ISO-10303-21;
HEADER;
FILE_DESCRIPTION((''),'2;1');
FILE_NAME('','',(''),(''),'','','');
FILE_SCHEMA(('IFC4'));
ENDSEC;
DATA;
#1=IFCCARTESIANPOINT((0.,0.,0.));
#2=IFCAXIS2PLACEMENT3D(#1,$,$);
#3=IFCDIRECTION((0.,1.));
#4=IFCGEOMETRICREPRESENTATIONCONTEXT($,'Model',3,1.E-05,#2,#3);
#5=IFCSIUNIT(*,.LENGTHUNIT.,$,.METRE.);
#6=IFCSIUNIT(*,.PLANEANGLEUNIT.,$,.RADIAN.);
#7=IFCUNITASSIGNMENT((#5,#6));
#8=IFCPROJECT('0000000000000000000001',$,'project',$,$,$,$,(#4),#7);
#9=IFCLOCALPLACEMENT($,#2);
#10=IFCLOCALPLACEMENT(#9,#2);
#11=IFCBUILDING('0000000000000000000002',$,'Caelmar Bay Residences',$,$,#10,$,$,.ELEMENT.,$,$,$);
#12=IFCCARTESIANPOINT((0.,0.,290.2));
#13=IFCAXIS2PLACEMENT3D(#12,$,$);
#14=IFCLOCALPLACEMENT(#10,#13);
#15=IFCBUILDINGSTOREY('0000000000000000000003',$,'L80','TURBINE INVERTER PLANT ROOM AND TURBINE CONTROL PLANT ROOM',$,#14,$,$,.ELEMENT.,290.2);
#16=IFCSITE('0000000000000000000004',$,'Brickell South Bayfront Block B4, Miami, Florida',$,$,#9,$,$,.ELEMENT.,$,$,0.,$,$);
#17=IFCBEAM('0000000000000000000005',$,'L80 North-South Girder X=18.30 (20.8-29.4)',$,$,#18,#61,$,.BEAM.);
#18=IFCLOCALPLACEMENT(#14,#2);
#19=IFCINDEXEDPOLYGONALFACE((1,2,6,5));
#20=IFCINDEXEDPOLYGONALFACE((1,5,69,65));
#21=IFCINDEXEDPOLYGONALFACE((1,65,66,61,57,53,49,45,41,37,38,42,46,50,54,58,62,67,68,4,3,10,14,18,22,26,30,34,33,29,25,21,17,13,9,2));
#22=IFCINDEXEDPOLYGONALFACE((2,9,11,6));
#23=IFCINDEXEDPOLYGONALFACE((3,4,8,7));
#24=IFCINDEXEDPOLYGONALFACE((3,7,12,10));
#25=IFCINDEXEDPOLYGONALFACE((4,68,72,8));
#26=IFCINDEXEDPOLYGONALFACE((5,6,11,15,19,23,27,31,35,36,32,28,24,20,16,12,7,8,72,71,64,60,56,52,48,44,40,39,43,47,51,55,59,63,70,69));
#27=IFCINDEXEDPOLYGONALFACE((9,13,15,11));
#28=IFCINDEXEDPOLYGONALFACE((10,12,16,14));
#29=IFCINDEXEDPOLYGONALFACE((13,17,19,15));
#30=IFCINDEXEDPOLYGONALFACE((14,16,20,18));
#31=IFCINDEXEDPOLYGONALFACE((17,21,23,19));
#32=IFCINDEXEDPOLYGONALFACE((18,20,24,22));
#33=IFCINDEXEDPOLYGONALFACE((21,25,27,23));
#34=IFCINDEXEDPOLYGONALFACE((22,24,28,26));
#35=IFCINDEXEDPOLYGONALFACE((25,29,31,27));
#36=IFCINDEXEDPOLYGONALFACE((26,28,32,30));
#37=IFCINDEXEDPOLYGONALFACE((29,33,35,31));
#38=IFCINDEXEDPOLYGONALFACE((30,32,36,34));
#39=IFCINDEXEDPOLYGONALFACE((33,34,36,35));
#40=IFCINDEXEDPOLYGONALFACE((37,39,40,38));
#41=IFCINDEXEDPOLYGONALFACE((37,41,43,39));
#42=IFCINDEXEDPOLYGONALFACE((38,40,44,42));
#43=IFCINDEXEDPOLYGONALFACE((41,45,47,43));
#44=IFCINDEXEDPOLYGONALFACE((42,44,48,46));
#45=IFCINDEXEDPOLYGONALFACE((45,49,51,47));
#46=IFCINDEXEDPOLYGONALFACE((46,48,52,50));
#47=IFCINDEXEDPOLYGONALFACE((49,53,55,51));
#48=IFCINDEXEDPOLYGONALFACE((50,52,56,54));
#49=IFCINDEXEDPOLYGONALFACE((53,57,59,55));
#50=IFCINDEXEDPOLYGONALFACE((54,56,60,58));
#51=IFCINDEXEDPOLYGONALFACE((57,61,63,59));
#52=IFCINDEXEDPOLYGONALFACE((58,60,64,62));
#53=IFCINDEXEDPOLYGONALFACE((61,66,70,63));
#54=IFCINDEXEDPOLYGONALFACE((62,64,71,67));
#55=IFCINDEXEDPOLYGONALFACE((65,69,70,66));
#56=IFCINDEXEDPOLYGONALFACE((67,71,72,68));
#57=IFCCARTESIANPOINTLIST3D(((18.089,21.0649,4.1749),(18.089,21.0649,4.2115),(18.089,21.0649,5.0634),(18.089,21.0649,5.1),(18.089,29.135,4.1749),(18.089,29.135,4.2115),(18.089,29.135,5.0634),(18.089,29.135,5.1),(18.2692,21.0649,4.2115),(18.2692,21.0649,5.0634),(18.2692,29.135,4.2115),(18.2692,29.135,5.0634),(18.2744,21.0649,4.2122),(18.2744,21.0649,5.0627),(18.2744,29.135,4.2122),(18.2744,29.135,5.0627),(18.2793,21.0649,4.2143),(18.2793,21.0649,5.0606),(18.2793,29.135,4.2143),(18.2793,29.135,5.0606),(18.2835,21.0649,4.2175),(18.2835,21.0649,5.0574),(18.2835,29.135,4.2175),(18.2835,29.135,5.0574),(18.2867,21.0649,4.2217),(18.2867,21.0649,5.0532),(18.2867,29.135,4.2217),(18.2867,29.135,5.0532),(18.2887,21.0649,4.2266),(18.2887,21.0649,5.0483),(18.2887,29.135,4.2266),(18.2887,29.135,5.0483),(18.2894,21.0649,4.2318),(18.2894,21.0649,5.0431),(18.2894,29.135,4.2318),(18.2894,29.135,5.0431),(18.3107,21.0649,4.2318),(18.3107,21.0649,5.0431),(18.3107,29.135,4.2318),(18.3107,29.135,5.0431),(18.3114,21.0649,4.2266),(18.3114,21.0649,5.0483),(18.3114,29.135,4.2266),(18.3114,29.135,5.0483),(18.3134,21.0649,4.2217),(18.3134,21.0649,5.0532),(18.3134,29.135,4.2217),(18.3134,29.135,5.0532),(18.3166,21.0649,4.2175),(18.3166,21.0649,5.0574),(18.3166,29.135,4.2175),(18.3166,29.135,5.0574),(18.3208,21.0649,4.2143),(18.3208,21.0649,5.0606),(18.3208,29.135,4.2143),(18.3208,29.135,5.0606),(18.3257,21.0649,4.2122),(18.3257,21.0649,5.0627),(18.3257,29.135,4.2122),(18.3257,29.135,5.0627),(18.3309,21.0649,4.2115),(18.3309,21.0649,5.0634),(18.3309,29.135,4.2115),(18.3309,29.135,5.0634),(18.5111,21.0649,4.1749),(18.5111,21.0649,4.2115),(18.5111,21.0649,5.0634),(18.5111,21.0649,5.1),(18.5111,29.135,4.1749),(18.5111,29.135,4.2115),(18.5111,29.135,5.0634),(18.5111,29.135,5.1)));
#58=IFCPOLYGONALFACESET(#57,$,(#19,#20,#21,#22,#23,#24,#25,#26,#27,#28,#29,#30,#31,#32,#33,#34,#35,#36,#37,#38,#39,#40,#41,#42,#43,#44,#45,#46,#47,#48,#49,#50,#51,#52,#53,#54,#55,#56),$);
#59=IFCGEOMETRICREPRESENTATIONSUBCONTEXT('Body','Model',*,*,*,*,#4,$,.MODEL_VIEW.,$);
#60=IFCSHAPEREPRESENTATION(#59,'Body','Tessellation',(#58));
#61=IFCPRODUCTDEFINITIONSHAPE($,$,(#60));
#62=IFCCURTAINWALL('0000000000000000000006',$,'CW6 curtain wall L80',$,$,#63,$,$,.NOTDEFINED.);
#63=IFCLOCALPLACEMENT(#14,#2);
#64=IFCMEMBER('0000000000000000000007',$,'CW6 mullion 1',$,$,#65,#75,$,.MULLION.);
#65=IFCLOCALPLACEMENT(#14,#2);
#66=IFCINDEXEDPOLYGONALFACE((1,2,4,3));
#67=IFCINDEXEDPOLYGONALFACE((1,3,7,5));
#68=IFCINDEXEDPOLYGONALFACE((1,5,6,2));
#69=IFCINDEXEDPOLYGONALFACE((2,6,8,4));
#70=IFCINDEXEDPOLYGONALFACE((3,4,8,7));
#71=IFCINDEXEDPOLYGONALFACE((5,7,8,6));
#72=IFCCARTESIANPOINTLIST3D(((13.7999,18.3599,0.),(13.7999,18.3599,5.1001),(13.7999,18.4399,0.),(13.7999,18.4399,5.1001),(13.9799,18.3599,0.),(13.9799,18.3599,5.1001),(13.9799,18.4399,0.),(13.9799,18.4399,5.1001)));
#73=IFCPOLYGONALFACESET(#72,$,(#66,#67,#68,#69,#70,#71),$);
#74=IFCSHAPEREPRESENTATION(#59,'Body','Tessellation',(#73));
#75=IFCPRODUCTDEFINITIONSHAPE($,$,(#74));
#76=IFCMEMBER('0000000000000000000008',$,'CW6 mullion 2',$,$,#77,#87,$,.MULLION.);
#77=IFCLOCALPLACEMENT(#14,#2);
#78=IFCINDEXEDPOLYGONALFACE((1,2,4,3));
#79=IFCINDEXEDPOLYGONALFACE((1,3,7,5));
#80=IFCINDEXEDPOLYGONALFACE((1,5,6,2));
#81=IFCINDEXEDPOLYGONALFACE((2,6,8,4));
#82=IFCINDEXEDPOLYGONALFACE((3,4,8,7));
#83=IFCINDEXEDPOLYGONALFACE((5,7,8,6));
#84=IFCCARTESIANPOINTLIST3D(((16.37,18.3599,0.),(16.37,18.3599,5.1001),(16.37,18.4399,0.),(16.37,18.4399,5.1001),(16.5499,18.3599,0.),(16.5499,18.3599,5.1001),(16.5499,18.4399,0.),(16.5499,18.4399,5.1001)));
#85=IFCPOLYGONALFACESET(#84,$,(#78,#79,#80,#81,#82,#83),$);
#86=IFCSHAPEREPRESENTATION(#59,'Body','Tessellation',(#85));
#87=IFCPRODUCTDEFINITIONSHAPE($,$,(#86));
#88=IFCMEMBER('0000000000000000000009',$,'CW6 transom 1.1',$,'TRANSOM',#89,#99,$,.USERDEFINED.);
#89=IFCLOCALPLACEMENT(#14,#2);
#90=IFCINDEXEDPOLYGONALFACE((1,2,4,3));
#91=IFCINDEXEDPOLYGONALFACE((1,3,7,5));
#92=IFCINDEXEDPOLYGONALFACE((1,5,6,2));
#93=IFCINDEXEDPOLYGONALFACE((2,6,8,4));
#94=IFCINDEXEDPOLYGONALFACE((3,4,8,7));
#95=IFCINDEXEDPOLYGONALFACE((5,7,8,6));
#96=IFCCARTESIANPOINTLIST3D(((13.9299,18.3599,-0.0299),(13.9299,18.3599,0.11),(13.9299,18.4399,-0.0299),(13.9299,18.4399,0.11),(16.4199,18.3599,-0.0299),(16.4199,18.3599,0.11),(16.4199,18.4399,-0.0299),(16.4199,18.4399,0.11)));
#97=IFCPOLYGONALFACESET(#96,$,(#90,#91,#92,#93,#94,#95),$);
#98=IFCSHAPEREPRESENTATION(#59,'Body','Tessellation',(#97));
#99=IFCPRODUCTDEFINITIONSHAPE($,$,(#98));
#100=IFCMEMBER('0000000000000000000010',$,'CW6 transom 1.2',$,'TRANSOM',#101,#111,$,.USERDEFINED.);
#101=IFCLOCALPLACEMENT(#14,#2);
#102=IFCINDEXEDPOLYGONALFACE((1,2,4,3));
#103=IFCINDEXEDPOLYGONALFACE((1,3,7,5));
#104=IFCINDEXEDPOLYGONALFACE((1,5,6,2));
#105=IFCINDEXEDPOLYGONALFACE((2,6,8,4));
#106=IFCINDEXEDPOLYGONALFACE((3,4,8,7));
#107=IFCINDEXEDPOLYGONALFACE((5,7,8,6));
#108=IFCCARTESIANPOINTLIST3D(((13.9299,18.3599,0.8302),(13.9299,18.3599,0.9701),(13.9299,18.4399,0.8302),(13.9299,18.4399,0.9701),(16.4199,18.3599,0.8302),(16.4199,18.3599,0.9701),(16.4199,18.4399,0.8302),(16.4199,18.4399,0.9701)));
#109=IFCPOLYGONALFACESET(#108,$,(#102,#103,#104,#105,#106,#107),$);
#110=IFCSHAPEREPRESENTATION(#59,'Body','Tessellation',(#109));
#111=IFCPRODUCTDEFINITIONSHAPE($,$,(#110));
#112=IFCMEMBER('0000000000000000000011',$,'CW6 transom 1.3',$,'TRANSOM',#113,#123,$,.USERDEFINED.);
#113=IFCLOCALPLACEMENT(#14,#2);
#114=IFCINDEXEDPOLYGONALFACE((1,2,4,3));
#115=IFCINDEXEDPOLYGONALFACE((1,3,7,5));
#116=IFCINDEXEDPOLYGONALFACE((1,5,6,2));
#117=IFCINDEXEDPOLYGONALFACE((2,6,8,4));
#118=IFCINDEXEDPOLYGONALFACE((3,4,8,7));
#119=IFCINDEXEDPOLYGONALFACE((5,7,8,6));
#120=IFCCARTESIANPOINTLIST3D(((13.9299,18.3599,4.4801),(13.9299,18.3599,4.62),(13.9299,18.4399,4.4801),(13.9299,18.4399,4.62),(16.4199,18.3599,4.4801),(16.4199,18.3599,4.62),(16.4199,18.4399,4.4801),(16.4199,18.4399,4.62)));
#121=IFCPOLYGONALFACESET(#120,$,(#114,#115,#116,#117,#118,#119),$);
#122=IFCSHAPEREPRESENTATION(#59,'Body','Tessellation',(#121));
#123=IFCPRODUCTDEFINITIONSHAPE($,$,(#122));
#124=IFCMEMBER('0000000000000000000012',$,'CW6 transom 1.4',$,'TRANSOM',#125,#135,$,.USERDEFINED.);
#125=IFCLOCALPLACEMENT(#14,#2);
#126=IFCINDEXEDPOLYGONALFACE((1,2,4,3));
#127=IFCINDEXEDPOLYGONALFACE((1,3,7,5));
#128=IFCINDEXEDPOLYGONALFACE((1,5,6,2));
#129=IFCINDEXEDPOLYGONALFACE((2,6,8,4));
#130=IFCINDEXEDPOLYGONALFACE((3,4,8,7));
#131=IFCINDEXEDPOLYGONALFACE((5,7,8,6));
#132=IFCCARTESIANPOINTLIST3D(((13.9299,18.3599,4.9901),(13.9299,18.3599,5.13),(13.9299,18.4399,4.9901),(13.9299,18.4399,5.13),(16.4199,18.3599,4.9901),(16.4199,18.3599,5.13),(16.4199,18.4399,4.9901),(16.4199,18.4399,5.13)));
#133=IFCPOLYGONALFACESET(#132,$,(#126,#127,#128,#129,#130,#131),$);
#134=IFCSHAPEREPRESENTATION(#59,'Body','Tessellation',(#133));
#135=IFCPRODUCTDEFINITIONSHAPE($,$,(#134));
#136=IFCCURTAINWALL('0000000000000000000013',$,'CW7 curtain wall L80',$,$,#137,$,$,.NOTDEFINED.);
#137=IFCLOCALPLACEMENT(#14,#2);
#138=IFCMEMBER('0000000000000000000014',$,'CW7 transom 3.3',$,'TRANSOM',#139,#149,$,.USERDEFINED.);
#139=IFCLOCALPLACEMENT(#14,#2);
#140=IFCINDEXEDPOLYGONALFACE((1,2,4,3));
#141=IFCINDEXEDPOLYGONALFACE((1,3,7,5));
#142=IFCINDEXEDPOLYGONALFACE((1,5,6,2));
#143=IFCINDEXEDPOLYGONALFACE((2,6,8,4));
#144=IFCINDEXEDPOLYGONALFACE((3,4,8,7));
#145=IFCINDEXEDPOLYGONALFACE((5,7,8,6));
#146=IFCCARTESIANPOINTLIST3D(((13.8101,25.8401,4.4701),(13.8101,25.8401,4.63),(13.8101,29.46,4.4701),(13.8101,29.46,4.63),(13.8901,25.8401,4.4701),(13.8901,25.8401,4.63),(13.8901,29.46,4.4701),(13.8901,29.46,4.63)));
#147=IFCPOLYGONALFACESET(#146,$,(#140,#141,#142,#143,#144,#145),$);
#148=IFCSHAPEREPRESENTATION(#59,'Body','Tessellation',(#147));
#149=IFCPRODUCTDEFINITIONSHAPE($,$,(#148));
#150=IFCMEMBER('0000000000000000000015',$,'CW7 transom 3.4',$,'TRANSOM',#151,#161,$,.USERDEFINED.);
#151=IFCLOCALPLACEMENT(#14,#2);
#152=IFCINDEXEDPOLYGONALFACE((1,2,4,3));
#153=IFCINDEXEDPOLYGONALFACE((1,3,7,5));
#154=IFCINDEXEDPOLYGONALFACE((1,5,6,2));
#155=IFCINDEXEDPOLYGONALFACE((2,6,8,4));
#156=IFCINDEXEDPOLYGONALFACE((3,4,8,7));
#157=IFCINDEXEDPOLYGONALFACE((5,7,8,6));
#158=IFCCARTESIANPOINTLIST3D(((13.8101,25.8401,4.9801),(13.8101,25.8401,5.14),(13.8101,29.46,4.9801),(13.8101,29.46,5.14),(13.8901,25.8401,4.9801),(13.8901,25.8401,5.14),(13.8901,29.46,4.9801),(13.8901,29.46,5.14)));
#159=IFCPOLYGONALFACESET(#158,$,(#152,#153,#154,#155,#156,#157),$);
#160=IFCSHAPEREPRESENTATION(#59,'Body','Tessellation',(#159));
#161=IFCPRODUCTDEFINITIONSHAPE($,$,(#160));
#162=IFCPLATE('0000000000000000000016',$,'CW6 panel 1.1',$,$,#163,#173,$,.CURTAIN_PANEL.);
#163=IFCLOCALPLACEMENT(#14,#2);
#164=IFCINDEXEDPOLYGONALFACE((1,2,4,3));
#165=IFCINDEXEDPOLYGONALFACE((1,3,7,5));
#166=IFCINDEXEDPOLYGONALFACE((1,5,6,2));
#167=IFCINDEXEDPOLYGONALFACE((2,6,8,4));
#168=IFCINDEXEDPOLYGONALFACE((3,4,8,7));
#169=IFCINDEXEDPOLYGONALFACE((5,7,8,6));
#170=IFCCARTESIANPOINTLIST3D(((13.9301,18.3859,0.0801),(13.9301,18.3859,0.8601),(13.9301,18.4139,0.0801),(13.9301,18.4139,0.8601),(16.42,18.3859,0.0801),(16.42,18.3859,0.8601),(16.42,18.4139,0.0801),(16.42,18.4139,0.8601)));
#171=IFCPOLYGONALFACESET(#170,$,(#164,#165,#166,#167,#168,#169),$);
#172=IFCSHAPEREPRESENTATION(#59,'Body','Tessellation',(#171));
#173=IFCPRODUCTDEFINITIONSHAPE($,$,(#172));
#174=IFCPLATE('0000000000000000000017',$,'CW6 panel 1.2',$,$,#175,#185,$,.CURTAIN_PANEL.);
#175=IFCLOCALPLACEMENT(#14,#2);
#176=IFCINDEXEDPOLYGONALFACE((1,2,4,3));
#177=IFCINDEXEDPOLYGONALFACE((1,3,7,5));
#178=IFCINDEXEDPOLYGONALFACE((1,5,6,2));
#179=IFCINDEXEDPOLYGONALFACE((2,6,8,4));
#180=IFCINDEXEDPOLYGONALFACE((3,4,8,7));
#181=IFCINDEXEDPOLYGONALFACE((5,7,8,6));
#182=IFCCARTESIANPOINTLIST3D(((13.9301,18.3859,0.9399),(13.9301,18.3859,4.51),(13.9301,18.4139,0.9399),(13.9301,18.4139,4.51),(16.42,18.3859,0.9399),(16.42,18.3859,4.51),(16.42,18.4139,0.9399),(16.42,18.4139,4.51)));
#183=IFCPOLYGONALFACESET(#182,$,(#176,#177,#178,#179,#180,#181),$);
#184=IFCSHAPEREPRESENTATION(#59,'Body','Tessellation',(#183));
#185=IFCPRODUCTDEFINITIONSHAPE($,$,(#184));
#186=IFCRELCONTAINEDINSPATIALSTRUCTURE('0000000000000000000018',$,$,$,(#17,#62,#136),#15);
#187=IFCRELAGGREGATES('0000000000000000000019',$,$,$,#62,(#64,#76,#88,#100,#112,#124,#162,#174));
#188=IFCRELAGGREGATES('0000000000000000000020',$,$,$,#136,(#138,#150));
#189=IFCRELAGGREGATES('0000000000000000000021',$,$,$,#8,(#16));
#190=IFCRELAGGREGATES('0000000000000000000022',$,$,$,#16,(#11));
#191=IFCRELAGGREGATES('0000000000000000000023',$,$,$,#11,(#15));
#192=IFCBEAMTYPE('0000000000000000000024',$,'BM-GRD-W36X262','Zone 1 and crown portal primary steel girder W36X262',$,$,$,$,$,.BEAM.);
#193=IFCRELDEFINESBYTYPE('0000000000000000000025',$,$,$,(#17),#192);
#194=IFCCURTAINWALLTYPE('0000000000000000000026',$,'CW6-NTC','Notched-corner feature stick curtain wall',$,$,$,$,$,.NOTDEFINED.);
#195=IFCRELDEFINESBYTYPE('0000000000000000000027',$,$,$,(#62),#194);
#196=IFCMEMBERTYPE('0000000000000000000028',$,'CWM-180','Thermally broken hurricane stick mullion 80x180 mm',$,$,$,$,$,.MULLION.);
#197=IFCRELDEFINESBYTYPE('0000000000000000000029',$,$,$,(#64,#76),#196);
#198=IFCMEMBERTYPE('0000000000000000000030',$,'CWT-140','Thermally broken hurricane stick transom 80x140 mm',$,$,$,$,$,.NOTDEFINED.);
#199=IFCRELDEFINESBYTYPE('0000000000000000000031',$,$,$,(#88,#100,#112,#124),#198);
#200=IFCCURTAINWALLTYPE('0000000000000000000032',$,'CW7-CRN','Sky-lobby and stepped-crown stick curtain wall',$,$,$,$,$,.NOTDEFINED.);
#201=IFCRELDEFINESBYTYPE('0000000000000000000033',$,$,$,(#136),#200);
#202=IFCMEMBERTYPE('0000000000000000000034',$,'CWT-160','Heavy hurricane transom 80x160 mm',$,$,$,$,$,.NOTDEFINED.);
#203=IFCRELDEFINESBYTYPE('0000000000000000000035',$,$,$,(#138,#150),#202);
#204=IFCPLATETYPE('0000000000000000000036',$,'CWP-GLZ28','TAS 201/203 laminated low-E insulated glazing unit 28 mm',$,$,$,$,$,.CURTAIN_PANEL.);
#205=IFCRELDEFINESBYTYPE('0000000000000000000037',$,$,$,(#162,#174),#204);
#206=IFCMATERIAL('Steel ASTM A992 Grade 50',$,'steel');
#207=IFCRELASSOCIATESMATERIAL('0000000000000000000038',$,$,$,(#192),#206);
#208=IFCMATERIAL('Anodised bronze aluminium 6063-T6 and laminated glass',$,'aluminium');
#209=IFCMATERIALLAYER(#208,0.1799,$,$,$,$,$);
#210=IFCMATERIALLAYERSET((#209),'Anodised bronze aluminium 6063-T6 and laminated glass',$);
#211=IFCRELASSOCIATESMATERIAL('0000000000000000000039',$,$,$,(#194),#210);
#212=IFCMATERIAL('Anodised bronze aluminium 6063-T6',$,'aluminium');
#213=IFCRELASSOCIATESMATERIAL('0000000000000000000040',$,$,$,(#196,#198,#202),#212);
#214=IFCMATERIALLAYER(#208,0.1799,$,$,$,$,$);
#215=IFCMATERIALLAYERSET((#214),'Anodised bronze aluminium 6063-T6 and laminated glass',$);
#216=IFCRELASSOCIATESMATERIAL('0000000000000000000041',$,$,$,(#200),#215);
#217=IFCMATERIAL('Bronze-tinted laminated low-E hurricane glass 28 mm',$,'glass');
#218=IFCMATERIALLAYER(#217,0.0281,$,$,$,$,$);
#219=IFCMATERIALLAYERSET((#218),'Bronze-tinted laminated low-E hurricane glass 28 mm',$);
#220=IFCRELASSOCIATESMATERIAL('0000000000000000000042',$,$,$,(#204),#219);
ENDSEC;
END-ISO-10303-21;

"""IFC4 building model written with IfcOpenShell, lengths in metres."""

from ifc_helpers import new_model, si_unit, direction, frame, origin, origin_2d, place, context, subcontext, project, spatial, rectangle, i_section, extrude, material, layer, layer_set, material_profile, profile_set, type_object, element, aggregate, save


model = new_model("IFC4")

# Units and contexts
model_context = context("Model", 3, precision=1e-05, world=origin(), true_north=direction((0.0, 1.0)))
body_context = subcontext(model_context, "Body", "Model", "MODEL_VIEW")
ifc_project = project(units=[si_unit("LENGTHUNIT", "METRE"), si_unit("PLANEANGLEUNIT", "RADIAN")], contexts=[model_context])

# Site, building, storey
site_placement = place(None, origin())
site = spatial("IfcSite", under=ifc_project, at=site_placement, Name="Brickell South Bayfront Block B4, Miami, Florida", CompositionType="ELEMENT", RefElevation=0.0)
building_placement = place(site_placement, origin())
building = spatial("IfcBuilding", under=site, at=building_placement, Name="Caelmar Bay Residences", CompositionType="ELEMENT")
storey_placement = place(building_placement, frame((0.0, 0.0, 290.2)))
storey = spatial("IfcBuildingStorey", under=building, at=storey_placement, Name="L80", Description="TURBINE INVERTER PLANT ROOM AND TURBINE CONTROL PLANT ROOM", CompositionType="ELEMENT", Elevation=290.2)

# Shared definitions
ifc_material_1 = material(Name="Steel ASTM A992 Grade 50", Category="steel")

# Beam
ifc_material_profile_1 = material_profile(ifc_material_1, i_section(OverallWidth=0.4221, OverallDepth=0.925, WebThickness=0.0212, FlangeThickness=0.0366, FilletRadius=0.0203, at=origin_2d()), Name="W36X262")
ifc_profile_set_1 = profile_set([ifc_material_profile_1], Name="Steel ASTM A992 Grade 50")
beam_type_1 = type_object("IfcBeamType", Name="BM-GRD-W36X262", Description="Zone 1 and crown portal primary steel girder W36X262", PredefinedType="BEAM", material=ifc_profile_set_1)
beam_1_placement = place(storey_placement, frame((18.3, 21.0649, 4.6375), z_axis=(0.0, 1.0, 0.0), x_axis=(-1.0, 0.0, 0.0)))
element("IfcBeam", 1, at=beam_1_placement, inside=storey, type_object=beam_type_1, Name="L80 North-South Girder X=18.30 (20.8-29.4)", PredefinedType="BEAM", context=body_context, shape_type="SweptSolid", body=[
    extrude(i_section(OverallWidth=0.4221, OverallDepth=0.925, WebThickness=0.0212, FlangeThickness=0.0366, FilletRadius=0.0203, at=origin_2d()), origin(), (0.0, 0.0, 1.0), 8.0701),
])

# Curtain walls, members
ifc_material_2 = material(Name="Anodised bronze aluminium 6063-T6 and laminated glass", Category="aluminium")
ifc_layer_1 = layer(ifc_material_2, 0.1799)
ifc_layer_set_1 = layer_set([ifc_layer_1], Name="Anodised bronze aluminium 6063-T6 and laminated glass")
curtain_wall_type_1 = type_object("IfcCurtainWallType", Name="CW6-NTC", Description="Notched-corner feature stick curtain wall", PredefinedType="NOTDEFINED", material=ifc_layer_set_1)
curtain_wall_1_placement = place(storey_placement, origin())
curtain_wall_1 = element("IfcCurtainWall", 2, at=curtain_wall_1_placement, inside=storey, type_object=curtain_wall_type_1, Name="CW6 curtain wall L80", PredefinedType="NOTDEFINED")
ifc_material_3 = material(Name="Anodised bronze aluminium 6063-T6", Category="aluminium")
ifc_material_profile_2 = material_profile(ifc_material_3, rectangle(XDim=0.0801, YDim=0.1799, at=origin_2d()), Name="CWM-80X180")
ifc_profile_set_2 = profile_set([ifc_material_profile_2], Name="Anodised bronze aluminium 6063-T6")
member_type_1 = type_object("IfcMemberType", Name="CWM-180", Description="Thermally broken hurricane stick mullion 80x180 mm", PredefinedType="MULLION", material=ifc_profile_set_2)
member_1_placement = place(storey_placement, frame((13.8899, 18.3999, 0.0), z_axis=(0.0, 0.0, 1.0), x_axis=(0.0, 1.0, 0.0)))
member_1 = element("IfcMember", 3, at=member_1_placement, type_object=member_type_1, Name="CW6 mullion 1", PredefinedType="MULLION", context=body_context, shape_type="SweptSolid", body=[
    extrude(rectangle(XDim=0.0801, YDim=0.1799, at=origin_2d()), origin(), (0.0, 0.0, 1.0), 5.1001),
])
member_2_placement = place(storey_placement, frame((16.46, 18.3999, 0.0), z_axis=(0.0, 0.0, 1.0), x_axis=(0.0, 1.0, 0.0)))
member_2 = element("IfcMember", 4, at=member_2_placement, type_object=member_type_1, Name="CW6 mullion 2", PredefinedType="MULLION", context=body_context, shape_type="SweptSolid", body=[
    extrude(rectangle(XDim=0.0801, YDim=0.1799, at=origin_2d()), origin(), (0.0, 0.0, 1.0), 5.1001),
])
ifc_material_profile_3 = material_profile(ifc_material_3, rectangle(XDim=0.0801, YDim=0.1399, at=origin_2d()), Name="CWT-80X140")
ifc_profile_set_3 = profile_set([ifc_material_profile_3], Name="Anodised bronze aluminium 6063-T6")
member_type_2 = type_object("IfcMemberType", Name="CWT-140", Description="Thermally broken hurricane stick transom 80x140 mm", PredefinedType="NOTDEFINED", material=ifc_profile_set_3)
member_3_placement = place(storey_placement, frame((13.9299, 18.3999, 0.04), z_axis=(1.0, 0.0, 0.0), x_axis=(0.0, 1.0, 0.0)))
member_3 = element("IfcMember", 5, at=member_3_placement, type_object=member_type_2, Name="CW6 transom 1.1", ObjectType="TRANSOM", PredefinedType="USERDEFINED", context=body_context, shape_type="SweptSolid", body=[
    extrude(rectangle(XDim=0.0801, YDim=0.1399, at=origin_2d()), origin(), (0.0, 0.0, 1.0), 2.49),
])
member_4_placement = place(storey_placement, frame((13.9299, 18.3999, 0.9001), z_axis=(1.0, 0.0, 0.0), x_axis=(0.0, 1.0, 0.0)))
member_4 = element("IfcMember", 6, at=member_4_placement, type_object=member_type_2, Name="CW6 transom 1.2", ObjectType="TRANSOM", PredefinedType="USERDEFINED", context=body_context, shape_type="SweptSolid", body=[
    extrude(rectangle(XDim=0.0801, YDim=0.1399, at=origin_2d()), origin(), (0.0, 0.0, 1.0), 2.49),
])
member_5_placement = place(storey_placement, frame((13.9299, 18.3999, 4.55), z_axis=(1.0, 0.0, 0.0), x_axis=(0.0, 1.0, 0.0)))
member_5 = element("IfcMember", 7, at=member_5_placement, type_object=member_type_2, Name="CW6 transom 1.3", ObjectType="TRANSOM", PredefinedType="USERDEFINED", context=body_context, shape_type="SweptSolid", body=[
    extrude(rectangle(XDim=0.0801, YDim=0.1399, at=origin_2d()), origin(), (0.0, 0.0, 1.0), 2.49),
])
member_6_placement = place(storey_placement, frame((13.9299, 18.3999, 5.0601), z_axis=(1.0, 0.0, 0.0), x_axis=(0.0, 1.0, 0.0)))
member_6 = element("IfcMember", 8, at=member_6_placement, type_object=member_type_2, Name="CW6 transom 1.4", ObjectType="TRANSOM", PredefinedType="USERDEFINED", context=body_context, shape_type="SweptSolid", body=[
    extrude(rectangle(XDim=0.0801, YDim=0.1399, at=origin_2d()), origin(), (0.0, 0.0, 1.0), 2.49),
])
ifc_layer_2 = layer(ifc_material_2, 0.1799)
ifc_layer_set_2 = layer_set([ifc_layer_2], Name="Anodised bronze aluminium 6063-T6 and laminated glass")
curtain_wall_type_2 = type_object("IfcCurtainWallType", Name="CW7-CRN", Description="Sky-lobby and stepped-crown stick curtain wall", PredefinedType="NOTDEFINED", material=ifc_layer_set_2)
curtain_wall_2_placement = place(storey_placement, origin())
curtain_wall_2 = element("IfcCurtainWall", 9, at=curtain_wall_2_placement, inside=storey, type_object=curtain_wall_type_2, Name="CW7 curtain wall L80", PredefinedType="NOTDEFINED")
ifc_material_profile_4 = material_profile(ifc_material_3, rectangle(XDim=0.0801, YDim=0.1599, at=origin_2d()), Name="CWT-80X160")
ifc_profile_set_4 = profile_set([ifc_material_profile_4], Name="Anodised bronze aluminium 6063-T6")
member_type_3 = type_object("IfcMemberType", Name="CWT-160", Description="Heavy hurricane transom 80x160 mm", PredefinedType="NOTDEFINED", material=ifc_profile_set_4)
member_7_placement = place(storey_placement, frame((13.8501, 25.8401, 4.55), z_axis=(0.0, 1.0, 0.0), x_axis=(-1.0, 0.0, 0.0)))
member_7 = element("IfcMember", 10, at=member_7_placement, type_object=member_type_3, Name="CW7 transom 3.3", ObjectType="TRANSOM", PredefinedType="USERDEFINED", context=body_context, shape_type="SweptSolid", body=[
    extrude(rectangle(XDim=0.0801, YDim=0.1599, at=origin_2d()), origin(), (0.0, 0.0, 1.0), 3.6199),
])
member_8_placement = place(storey_placement, frame((13.8501, 25.8401, 5.0601), z_axis=(0.0, 1.0, 0.0), x_axis=(-1.0, 0.0, 0.0)))
member_8 = element("IfcMember", 11, at=member_8_placement, type_object=member_type_3, Name="CW7 transom 3.4", ObjectType="TRANSOM", PredefinedType="USERDEFINED", context=body_context, shape_type="SweptSolid", body=[
    extrude(rectangle(XDim=0.0801, YDim=0.1599, at=origin_2d()), origin(), (0.0, 0.0, 1.0), 3.6199),
])

# Plates
ifc_material_4 = material(Name="Bronze-tinted laminated low-E hurricane glass 28 mm", Category="glass")
ifc_layer_3 = layer(ifc_material_4, 0.0281)
ifc_layer_set_3 = layer_set([ifc_layer_3], Name="Bronze-tinted laminated low-E hurricane glass 28 mm")
plate_type_1 = type_object("IfcPlateType", Name="CWP-GLZ28", Description="TAS 201/203 laminated low-E insulated glazing unit 28 mm", PredefinedType="CURTAIN_PANEL", material=ifc_layer_set_3)
plate_1_placement = place(storey_placement, frame((15.175, 18.3999, 0.0801), z_axis=(0.0, 0.0, 1.0), x_axis=(1.0, 0.0, 0.0)))
plate_1 = element("IfcPlate", 12, at=plate_1_placement, type_object=plate_type_1, Name="CW6 panel 1.1", PredefinedType="CURTAIN_PANEL", context=body_context, shape_type="SweptSolid", body=[
    extrude(rectangle(XDim=2.49, YDim=0.0281, at=origin_2d()), origin(), (0.0, 0.0, 1.0), 0.78),
])
plate_2_placement = place(storey_placement, frame((15.175, 18.3999, 0.9399), z_axis=(0.0, 0.0, 1.0), x_axis=(1.0, 0.0, 0.0)))
plate_2 = element("IfcPlate", 13, at=plate_2_placement, type_object=plate_type_1, Name="CW6 panel 1.2", PredefinedType="CURTAIN_PANEL", context=body_context, shape_type="SweptSolid", body=[
    extrude(rectangle(XDim=2.49, YDim=0.0281, at=origin_2d()), origin(), (0.0, 0.0, 1.0), 3.5701),
])
aggregate(curtain_wall_1, [member_1, member_2, member_3, member_4, member_5, member_6, plate_1, plate_2])
aggregate(curtain_wall_2, [member_7, member_8])

save(model, "model.ifc")
